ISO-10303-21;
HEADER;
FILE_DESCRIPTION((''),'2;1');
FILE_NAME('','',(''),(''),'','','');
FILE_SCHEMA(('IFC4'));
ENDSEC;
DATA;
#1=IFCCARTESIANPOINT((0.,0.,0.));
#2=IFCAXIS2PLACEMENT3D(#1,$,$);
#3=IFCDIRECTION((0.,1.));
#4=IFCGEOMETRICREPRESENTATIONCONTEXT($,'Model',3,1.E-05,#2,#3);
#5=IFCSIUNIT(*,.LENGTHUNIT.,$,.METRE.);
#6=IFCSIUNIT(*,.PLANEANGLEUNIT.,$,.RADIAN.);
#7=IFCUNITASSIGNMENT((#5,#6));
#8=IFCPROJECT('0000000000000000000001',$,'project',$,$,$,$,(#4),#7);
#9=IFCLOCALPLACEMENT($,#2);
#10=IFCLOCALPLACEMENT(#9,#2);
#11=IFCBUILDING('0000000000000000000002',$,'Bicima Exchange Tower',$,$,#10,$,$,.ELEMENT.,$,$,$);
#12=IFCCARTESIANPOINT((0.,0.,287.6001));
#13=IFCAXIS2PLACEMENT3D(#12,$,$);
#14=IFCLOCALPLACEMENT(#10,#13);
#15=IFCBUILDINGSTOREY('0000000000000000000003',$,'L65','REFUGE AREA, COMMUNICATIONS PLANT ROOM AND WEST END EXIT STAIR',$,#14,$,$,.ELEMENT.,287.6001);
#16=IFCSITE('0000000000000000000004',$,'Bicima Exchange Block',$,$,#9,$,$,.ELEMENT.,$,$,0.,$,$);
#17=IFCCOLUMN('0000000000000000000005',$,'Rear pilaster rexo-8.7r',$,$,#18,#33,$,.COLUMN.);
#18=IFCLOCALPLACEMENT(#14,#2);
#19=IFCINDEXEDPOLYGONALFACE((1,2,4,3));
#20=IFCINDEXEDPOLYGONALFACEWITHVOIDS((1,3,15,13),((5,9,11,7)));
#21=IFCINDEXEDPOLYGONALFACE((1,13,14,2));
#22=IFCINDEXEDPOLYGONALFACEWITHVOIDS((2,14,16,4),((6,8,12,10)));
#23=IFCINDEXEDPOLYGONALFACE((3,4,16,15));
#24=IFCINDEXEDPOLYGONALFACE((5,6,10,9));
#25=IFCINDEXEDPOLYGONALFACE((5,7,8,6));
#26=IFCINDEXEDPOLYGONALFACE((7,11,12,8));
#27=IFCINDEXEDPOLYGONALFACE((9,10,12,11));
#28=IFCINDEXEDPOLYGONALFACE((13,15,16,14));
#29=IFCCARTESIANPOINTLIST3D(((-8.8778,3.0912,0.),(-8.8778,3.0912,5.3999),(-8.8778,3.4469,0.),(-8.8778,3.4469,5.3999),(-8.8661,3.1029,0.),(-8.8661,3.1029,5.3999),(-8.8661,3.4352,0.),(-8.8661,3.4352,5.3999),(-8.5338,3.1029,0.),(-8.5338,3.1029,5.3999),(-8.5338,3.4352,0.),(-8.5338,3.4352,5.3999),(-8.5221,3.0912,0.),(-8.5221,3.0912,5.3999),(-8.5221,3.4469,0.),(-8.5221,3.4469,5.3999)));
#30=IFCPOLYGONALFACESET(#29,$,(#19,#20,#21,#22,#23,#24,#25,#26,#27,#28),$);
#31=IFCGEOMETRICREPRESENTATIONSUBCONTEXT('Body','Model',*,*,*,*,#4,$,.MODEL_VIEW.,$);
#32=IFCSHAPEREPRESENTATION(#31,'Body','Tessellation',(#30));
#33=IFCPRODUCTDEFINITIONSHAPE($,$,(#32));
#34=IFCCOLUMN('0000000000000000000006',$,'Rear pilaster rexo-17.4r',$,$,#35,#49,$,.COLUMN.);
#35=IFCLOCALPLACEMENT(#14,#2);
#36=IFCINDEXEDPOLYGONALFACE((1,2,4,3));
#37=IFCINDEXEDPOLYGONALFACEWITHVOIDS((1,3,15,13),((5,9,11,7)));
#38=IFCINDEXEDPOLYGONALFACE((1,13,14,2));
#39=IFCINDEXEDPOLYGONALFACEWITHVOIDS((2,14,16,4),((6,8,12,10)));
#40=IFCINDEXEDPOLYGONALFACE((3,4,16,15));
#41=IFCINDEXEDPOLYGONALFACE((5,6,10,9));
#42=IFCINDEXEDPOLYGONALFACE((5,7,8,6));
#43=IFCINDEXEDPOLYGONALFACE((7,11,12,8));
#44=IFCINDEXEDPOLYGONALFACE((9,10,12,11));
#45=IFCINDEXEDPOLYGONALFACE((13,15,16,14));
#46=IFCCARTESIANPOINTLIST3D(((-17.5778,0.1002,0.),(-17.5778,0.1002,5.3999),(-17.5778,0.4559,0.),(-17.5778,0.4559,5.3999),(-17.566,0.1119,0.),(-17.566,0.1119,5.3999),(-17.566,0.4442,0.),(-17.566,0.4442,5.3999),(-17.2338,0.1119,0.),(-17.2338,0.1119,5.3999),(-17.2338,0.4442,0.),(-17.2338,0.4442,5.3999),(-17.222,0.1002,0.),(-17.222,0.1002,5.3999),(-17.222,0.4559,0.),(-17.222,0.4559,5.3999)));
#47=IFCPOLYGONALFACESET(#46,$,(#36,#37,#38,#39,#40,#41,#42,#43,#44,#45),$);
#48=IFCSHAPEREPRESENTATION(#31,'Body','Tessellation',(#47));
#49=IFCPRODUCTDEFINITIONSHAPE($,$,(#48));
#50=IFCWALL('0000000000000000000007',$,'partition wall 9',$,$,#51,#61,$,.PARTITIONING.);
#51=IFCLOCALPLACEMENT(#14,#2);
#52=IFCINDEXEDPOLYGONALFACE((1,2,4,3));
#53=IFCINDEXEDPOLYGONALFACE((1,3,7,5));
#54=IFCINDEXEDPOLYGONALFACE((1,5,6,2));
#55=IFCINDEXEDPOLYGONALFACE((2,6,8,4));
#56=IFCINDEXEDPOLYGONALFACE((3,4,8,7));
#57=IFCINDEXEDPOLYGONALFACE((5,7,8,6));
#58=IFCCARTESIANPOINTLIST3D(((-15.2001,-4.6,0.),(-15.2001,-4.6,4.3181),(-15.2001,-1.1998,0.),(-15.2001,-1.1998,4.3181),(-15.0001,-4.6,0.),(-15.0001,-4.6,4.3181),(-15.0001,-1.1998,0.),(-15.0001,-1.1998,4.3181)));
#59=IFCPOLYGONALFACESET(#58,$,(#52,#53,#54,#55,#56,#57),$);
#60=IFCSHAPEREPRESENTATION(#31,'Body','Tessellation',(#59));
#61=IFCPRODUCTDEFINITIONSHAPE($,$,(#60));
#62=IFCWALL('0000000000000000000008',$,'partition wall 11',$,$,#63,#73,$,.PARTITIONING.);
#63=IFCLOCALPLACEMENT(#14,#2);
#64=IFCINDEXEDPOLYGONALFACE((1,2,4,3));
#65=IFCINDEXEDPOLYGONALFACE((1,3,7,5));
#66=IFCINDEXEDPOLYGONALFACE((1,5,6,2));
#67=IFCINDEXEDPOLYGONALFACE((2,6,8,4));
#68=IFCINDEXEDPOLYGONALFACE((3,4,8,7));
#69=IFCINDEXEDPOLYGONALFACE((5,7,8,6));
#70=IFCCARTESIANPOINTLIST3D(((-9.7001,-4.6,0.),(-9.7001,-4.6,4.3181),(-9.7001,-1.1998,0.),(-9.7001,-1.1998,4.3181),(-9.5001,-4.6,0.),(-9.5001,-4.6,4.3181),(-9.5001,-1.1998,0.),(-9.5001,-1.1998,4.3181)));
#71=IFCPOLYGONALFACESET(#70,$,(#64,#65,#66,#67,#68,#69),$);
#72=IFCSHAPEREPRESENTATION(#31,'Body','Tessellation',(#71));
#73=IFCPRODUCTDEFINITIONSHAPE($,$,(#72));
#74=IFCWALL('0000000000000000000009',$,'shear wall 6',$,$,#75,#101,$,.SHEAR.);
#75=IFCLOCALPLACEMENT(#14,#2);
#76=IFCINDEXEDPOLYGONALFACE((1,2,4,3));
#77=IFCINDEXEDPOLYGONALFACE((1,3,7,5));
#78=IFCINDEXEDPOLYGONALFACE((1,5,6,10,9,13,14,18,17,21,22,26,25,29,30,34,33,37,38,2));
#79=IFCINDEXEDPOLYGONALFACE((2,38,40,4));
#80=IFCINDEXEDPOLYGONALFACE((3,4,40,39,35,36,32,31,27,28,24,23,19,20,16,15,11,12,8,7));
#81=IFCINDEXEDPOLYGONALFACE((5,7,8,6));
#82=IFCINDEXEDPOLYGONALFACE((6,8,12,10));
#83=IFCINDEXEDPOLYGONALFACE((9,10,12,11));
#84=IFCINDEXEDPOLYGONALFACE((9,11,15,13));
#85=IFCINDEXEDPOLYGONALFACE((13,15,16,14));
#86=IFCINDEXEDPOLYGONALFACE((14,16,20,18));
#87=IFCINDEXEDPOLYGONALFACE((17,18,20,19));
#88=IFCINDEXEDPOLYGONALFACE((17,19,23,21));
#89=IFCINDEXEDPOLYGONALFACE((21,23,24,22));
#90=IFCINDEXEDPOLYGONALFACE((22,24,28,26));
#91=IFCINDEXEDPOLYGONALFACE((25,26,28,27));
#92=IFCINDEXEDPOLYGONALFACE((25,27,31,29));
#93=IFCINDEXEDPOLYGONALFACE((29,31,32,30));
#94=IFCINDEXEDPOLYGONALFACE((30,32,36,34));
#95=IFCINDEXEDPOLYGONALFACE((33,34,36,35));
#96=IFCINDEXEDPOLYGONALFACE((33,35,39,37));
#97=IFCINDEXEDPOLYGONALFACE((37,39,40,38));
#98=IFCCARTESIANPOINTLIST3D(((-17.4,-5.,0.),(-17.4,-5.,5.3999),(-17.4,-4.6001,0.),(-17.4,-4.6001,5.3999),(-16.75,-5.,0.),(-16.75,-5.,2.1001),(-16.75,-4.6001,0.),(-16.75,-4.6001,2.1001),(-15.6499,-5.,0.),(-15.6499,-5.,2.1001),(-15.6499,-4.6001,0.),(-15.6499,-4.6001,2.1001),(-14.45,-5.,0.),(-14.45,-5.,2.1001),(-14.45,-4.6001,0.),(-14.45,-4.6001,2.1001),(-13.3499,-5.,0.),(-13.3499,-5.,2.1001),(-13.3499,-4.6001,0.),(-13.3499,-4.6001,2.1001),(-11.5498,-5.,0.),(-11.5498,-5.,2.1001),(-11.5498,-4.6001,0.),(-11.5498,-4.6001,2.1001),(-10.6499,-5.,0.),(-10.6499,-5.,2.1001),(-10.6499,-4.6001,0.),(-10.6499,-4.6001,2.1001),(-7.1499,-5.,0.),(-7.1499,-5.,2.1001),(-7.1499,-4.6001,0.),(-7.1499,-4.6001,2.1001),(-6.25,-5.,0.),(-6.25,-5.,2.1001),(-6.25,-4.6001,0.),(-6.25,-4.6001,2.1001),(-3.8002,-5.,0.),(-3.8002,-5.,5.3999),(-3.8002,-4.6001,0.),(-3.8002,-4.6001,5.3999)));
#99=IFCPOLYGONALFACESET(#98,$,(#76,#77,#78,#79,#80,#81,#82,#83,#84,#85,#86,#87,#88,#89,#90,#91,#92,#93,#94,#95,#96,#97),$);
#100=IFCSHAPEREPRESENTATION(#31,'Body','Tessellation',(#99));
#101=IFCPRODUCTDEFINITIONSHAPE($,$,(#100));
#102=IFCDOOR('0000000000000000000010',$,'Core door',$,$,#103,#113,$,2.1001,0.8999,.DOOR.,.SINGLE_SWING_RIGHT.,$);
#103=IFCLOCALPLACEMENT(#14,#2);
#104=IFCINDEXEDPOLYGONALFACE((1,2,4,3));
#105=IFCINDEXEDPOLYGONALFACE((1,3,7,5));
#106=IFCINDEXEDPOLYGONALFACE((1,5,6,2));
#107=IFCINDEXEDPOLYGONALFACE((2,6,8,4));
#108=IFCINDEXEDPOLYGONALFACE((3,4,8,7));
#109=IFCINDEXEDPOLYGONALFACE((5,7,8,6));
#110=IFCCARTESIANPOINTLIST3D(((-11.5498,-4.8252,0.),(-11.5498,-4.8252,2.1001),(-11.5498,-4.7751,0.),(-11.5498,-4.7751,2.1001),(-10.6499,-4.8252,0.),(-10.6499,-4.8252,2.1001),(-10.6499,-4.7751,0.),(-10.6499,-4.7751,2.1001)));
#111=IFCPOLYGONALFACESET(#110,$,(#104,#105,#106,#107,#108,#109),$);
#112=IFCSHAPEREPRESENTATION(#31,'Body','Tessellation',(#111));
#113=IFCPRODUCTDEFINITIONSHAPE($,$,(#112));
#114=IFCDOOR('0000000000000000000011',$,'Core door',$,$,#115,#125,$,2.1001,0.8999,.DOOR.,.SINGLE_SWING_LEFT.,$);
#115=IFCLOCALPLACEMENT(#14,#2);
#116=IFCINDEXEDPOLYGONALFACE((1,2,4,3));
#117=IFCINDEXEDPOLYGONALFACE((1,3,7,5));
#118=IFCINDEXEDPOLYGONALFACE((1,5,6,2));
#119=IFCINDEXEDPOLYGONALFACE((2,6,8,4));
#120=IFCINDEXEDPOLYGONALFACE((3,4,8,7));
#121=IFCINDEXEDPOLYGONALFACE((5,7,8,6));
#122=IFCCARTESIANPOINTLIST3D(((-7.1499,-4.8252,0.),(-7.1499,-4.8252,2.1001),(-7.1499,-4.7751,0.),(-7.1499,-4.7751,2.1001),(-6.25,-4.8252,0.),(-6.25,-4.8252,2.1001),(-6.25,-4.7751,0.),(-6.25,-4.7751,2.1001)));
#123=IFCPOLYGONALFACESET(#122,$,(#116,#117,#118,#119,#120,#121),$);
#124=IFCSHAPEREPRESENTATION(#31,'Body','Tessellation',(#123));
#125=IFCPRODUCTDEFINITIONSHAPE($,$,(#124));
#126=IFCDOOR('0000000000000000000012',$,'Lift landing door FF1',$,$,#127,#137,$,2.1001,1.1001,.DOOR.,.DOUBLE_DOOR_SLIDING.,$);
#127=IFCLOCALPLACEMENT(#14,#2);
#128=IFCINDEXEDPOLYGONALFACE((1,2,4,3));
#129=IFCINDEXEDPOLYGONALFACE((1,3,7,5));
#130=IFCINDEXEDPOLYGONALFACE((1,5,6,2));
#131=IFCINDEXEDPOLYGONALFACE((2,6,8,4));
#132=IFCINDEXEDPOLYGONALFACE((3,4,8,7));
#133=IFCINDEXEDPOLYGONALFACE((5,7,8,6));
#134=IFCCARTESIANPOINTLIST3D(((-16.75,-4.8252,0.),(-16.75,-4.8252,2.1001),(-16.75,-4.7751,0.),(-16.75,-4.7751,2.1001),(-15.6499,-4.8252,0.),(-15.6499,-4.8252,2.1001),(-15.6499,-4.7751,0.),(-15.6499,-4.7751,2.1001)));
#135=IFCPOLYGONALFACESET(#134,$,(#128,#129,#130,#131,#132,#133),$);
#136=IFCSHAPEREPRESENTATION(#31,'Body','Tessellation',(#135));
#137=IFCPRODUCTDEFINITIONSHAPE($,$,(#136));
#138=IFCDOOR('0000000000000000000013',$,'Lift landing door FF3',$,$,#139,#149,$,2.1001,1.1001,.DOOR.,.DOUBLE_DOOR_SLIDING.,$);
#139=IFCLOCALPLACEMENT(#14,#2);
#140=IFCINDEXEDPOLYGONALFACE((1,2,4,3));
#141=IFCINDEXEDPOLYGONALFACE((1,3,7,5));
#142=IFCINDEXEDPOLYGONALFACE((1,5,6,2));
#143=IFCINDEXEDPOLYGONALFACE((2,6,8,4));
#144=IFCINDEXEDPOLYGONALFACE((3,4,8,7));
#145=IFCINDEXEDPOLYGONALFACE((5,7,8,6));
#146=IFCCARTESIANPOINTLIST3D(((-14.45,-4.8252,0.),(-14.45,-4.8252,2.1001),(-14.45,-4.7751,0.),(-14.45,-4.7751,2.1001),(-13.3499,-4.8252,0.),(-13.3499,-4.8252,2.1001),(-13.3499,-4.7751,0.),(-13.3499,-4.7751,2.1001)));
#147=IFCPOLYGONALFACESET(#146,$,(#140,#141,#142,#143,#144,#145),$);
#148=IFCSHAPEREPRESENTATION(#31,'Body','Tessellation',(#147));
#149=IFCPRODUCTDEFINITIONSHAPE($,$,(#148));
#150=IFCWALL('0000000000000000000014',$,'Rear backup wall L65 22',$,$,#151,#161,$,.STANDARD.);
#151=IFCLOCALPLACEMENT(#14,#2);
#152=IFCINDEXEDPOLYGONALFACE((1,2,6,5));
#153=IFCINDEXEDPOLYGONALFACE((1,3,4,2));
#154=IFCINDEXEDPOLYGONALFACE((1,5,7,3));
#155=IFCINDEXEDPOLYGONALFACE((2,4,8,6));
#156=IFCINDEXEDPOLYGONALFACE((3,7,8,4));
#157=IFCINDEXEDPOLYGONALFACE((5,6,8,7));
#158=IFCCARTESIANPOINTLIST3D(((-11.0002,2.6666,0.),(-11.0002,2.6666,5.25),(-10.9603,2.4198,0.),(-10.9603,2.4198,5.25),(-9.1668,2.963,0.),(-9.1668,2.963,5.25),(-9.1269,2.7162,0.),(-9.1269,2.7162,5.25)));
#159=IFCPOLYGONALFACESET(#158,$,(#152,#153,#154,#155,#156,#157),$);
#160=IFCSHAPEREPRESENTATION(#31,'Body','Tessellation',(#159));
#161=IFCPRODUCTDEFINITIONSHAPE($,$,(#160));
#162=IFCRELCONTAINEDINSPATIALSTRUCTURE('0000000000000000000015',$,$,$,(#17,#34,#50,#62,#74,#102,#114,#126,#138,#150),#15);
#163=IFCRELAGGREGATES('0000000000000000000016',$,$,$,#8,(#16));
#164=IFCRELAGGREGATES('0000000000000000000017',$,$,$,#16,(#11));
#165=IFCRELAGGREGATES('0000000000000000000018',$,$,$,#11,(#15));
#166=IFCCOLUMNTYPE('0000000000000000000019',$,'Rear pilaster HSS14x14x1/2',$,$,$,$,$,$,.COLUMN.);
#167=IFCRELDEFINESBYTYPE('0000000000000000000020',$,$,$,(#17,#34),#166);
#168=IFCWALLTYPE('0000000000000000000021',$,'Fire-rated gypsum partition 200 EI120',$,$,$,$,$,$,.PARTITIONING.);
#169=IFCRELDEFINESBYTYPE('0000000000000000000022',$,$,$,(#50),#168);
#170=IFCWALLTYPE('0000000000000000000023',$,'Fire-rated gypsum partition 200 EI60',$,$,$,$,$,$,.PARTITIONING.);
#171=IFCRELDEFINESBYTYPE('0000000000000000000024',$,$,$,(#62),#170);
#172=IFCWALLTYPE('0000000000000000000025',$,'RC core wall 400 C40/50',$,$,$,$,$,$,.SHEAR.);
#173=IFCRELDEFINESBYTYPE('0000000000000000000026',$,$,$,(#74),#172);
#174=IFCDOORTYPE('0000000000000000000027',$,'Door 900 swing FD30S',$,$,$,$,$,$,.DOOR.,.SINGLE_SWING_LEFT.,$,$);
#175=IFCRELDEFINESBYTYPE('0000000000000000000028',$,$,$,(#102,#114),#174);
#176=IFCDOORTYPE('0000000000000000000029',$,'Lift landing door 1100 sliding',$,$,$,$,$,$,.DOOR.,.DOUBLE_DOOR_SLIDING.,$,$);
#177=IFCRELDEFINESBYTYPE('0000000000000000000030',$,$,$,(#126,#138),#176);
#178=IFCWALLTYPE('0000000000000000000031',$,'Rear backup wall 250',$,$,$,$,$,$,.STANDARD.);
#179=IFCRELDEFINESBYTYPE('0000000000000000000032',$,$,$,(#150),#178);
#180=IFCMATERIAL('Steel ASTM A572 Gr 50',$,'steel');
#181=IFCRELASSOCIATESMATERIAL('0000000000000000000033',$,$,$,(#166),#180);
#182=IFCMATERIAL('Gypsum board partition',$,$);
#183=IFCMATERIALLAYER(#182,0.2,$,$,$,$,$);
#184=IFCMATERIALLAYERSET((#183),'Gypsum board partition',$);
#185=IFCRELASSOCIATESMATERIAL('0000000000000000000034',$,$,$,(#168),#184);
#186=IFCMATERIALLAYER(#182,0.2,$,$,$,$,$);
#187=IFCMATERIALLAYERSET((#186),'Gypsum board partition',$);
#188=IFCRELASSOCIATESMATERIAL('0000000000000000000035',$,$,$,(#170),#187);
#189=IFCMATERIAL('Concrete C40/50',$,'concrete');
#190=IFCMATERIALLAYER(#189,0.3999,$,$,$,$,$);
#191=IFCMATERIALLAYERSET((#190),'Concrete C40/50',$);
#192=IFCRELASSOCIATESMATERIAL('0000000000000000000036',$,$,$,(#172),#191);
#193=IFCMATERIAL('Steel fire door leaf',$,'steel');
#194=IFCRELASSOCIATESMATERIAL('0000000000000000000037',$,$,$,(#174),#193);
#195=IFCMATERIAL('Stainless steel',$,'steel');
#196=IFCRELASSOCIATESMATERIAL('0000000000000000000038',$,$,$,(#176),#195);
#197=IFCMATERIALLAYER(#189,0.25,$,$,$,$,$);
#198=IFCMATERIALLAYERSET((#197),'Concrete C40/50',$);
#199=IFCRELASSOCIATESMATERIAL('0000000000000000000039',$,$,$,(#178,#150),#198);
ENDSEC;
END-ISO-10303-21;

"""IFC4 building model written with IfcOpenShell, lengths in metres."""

from ifc_helpers import new_model, si_unit, direction, frame, frame_2d, origin, origin_2d, place, context, subcontext, project, spatial, rectangle, hollow_rectangle, extrude, material, layer, layer_set, layer_usage, material_profile, profile_set, type_object, element, fill, save


model = new_model("IFC4")

# Units and contexts
model_context = context("Model", 3, precision=1e-05, world=origin(), true_north=direction((0.0, 1.0)))
body_context = subcontext(model_context, "Body", "Model", "MODEL_VIEW")
ifc_project = project(units=[si_unit("LENGTHUNIT", "METRE"), si_unit("PLANEANGLEUNIT", "RADIAN")], contexts=[model_context])

# Site, building, storey
site_placement = place(None, origin())
site = spatial("IfcSite", under=ifc_project, at=site_placement, Name="Bicima Exchange Block", CompositionType="ELEMENT", RefElevation=0.0)
building_placement = place(site_placement, origin())
building = spatial("IfcBuilding", under=site, at=building_placement, Name="Bicima Exchange Tower", CompositionType="ELEMENT")
storey_placement = place(building_placement, frame((0.0, 0.0, 287.6001)))
storey = spatial("IfcBuildingStorey", under=building, at=storey_placement, Name="L65", Description="REFUGE AREA, COMMUNICATIONS PLANT ROOM AND WEST END EXIT STAIR", CompositionType="ELEMENT", Elevation=287.6001)

# Columns
ifc_material_1 = material(Name="Steel ASTM A572 Gr 50", Category="steel")
ifc_material_profile = material_profile(ifc_material_1, hollow_rectangle(XDim=0.3557, YDim=0.3557, WallThickness=0.0117, at=origin_2d()))
ifc_profile_set = profile_set([ifc_material_profile], Name="Steel ASTM A572 Gr 50")
column_type = type_object("IfcColumnType", Name="Rear pilaster HSS14x14x1/2", PredefinedType="COLUMN", material=ifc_profile_set)
for number, where, z_axis, x_axis, name in (
    (1, (-8.7, 3.269, 0.0), (0.0, 0.0, 1.0), (1.0, 0.0, 0.0), "Rear pilaster rexo-8.7r"),
    (2, (-17.3999, 0.2781, 0.0), (0.0, 0.0, 1.0), (1.0, 0.0, 0.0), "Rear pilaster rexo-17.4r"),
):
    element("IfcColumn", number, at=place(storey_placement, frame(where, z_axis=z_axis, x_axis=x_axis)), inside=storey, type_object=column_type, Name=name, PredefinedType="COLUMN", context=body_context, shape_type="SweptSolid", body=[
        extrude(hollow_rectangle(XDim=0.3557, YDim=0.3557, WallThickness=0.0117, at=origin_2d()), origin(), (0.0, 0.0, 1.0), 5.3999),
    ])

# Walls
ifc_material_2 = material(Name="Gypsum board partition")
ifc_layer_1 = layer(ifc_material_2, 0.2)
ifc_layer_set_1 = layer_set([ifc_layer_1], Name="Gypsum board partition")
wall_type_1 = type_object("IfcWallType", Name="Fire-rated gypsum partition 200 EI120", PredefinedType="PARTITIONING", material=ifc_layer_set_1)
wall_1_placement = place(storey_placement, frame((-15.1001, -4.6001, 0.0), z_axis=(0.0, 0.0, 1.0), x_axis=(0.0, 1.0, 0.0)))
element("IfcWall", 3, at=wall_1_placement, inside=storey, type_object=wall_type_1, Name="partition wall 9", PredefinedType="PARTITIONING", context=body_context, shape_type="SweptSolid", body=[
    extrude(rectangle(XDim=3.4001, YDim=0.2, at=frame_2d((1.7002, 0.0))), origin(), (0.0, 0.0, 1.0), 4.3181),
])
ifc_layer_2 = layer(ifc_material_2, 0.2)
ifc_layer_set_2 = layer_set([ifc_layer_2], Name="Gypsum board partition")
wall_type_2 = type_object("IfcWallType", Name="Fire-rated gypsum partition 200 EI60", PredefinedType="PARTITIONING", material=ifc_layer_set_2)
wall_2_placement = place(storey_placement, frame((-9.6001, -4.6001, 0.0), z_axis=(0.0, 0.0, 1.0), x_axis=(0.0, 1.0, 0.0)))
element("IfcWall", 4, at=wall_2_placement, inside=storey, type_object=wall_type_2, Name="partition wall 11", PredefinedType="PARTITIONING", context=body_context, shape_type="SweptSolid", body=[
    extrude(rectangle(XDim=3.4001, YDim=0.2, at=frame_2d((1.7002, 0.0))), origin(), (0.0, 0.0, 1.0), 4.3181),
])

# Wall, openings, doors
ifc_material_3 = material(Name="Concrete C40/50", Category="concrete")
ifc_layer_3 = layer(ifc_material_3, 0.3999)
ifc_layer_set_3 = layer_set([ifc_layer_3], Name="Concrete C40/50")
wall_type_3 = type_object("IfcWallType", Name="RC core wall 400 C40/50", PredefinedType="SHEAR", material=ifc_layer_set_3)
wall_3_placement = place(storey_placement, frame((-17.3999, -4.8, 0.0), z_axis=(0.0, 0.0, 1.0), x_axis=(1.0, 0.0, 0.0)))
wall_3 = element("IfcWall", 5, at=wall_3_placement, inside=storey, type_object=wall_type_3, Name="shear wall 6", PredefinedType="SHEAR", context=body_context, shape_type="SweptSolid", body=[
    extrude(rectangle(XDim=13.5999, YDim=0.3999, at=frame_2d((6.7998, 0.0))), origin(), (0.0, 0.0, 1.0), 5.3999),
])
opening_1_placement = place(wall_3_placement, frame((0.6499, 0.0, 0.0)))
opening_1 = element("IfcOpeningElement", 6, at=opening_1_placement, cuts=wall_3, PredefinedType="OPENING", context=body_context, shape_type="SweptSolid", body=[
    extrude(rectangle(XDim=1.1001, YDim=2.1001, at=frame_2d((0.55, 1.05))), frame((0.0, 0.2119, 0.0), z_axis=(0.0, -1.0, 0.0), x_axis=(1.0, 0.0, 0.0)), (0.0, 0.0, 1.0), 0.4238),
])
opening_2_placement = place(wall_3_placement, frame((2.95, 0.0, 0.0)))
opening_2 = element("IfcOpeningElement", 7, at=opening_2_placement, cuts=wall_3, PredefinedType="OPENING", context=body_context, shape_type="SweptSolid", body=[
    extrude(rectangle(XDim=1.1001, YDim=2.1001, at=frame_2d((0.55, 1.05))), frame((0.0, 0.2119, 0.0), z_axis=(0.0, -1.0, 0.0), x_axis=(1.0, 0.0, 0.0)), (0.0, 0.0, 1.0), 0.4238),
])
opening_3_placement = place(wall_3_placement, frame((5.8501, 0.0, 0.0)))
opening_3 = element("IfcOpeningElement", 8, at=opening_3_placement, cuts=wall_3, PredefinedType="OPENING", context=body_context, shape_type="SweptSolid", body=[
    extrude(rectangle(XDim=0.8999, YDim=2.1001, at=frame_2d((0.45, 1.05))), frame((0.0, 0.2119, 0.0), z_axis=(0.0, -1.0, 0.0), x_axis=(1.0, 0.0, 0.0)), (0.0, 0.0, 1.0), 0.4238),
])
opening_4_placement = place(wall_3_placement, frame((10.25, 0.0, 0.0)))
opening_4 = element("IfcOpeningElement", 9, at=opening_4_placement, cuts=wall_3, PredefinedType="OPENING", context=body_context, shape_type="SweptSolid", body=[
    extrude(rectangle(XDim=0.8999, YDim=2.1001, at=frame_2d((0.45, 1.05))), frame((0.0, 0.2119, 0.0), z_axis=(0.0, -1.0, 0.0), x_axis=(1.0, 0.0, 0.0)), (0.0, 0.0, 1.0), 0.4238),
])
ifc_material_4 = material(Name="Steel fire door leaf", Category="steel")
door_type_1 = type_object("IfcDoorType", Name="Door 900 swing FD30S", OperationType="SINGLE_SWING_LEFT", PredefinedType="DOOR", material=ifc_material_4)
door_1_placement = place(opening_3_placement, origin())
door_1 = element("IfcDoor", 10, at=door_1_placement, inside=storey, type_object=door_type_1, Name="Core door", OperationType="SINGLE_SWING_RIGHT", OverallHeight=2.1001, OverallWidth=0.8999, PredefinedType="DOOR", context=body_context, shape_type="SweptSolid", body=[
    extrude(rectangle(XDim=0.8999, YDim=2.1001, at=frame_2d((0.45, 1.05))), frame((0.0, 0.0249, 0.0), z_axis=(0.0, -1.0, 0.0), x_axis=(1.0, 0.0, 0.0)), (0.0, 0.0, 1.0), 0.05),
])
fill(opening_3, door_1)
door_2_placement = place(opening_4_placement, origin())
door_2 = element("IfcDoor", 11, at=door_2_placement, inside=storey, type_object=door_type_1, Name="Core door", OperationType="SINGLE_SWING_LEFT", OverallHeight=2.1001, OverallWidth=0.8999, PredefinedType="DOOR", context=body_context, shape_type="SweptSolid", body=[
    extrude(rectangle(XDim=0.8999, YDim=2.1001, at=frame_2d((0.45, 1.05))), frame((0.0, 0.0249, 0.0), z_axis=(0.0, -1.0, 0.0), x_axis=(1.0, 0.0, 0.0)), (0.0, 0.0, 1.0), 0.05),
])
fill(opening_4, door_2)
ifc_material_5 = material(Name="Stainless steel", Category="steel")
door_type_2 = type_object("IfcDoorType", Name="Lift landing door 1100 sliding", OperationType="DOUBLE_DOOR_SLIDING", PredefinedType="DOOR", material=ifc_material_5)
door_3_placement = place(opening_1_placement, origin())
door_3 = element("IfcDoor", 12, at=door_3_placement, inside=storey, type_object=door_type_2, Name="Lift landing door FF1", OperationType="DOUBLE_DOOR_SLIDING", OverallHeight=2.1001, OverallWidth=1.1001, PredefinedType="DOOR", context=body_context, shape_type="SweptSolid", body=[
    extrude(rectangle(XDim=1.1001, YDim=2.1001, at=frame_2d((0.55, 1.05))), frame((0.0, 0.0249, 0.0), z_axis=(0.0, -1.0, 0.0), x_axis=(1.0, 0.0, 0.0)), (0.0, 0.0, 1.0), 0.05),
])
fill(opening_1, door_3)
door_4_placement = place(opening_2_placement, origin())
door_4 = element("IfcDoor", 13, at=door_4_placement, inside=storey, type_object=door_type_2, Name="Lift landing door FF3", OperationType="DOUBLE_DOOR_SLIDING", OverallHeight=2.1001, OverallWidth=1.1001, PredefinedType="DOOR", context=body_context, shape_type="SweptSolid", body=[
    extrude(rectangle(XDim=1.1001, YDim=2.1001, at=frame_2d((0.55, 1.05))), frame((0.0, 0.0249, 0.0), z_axis=(0.0, -1.0, 0.0), x_axis=(1.0, 0.0, 0.0)), (0.0, 0.0, 1.0), 0.05),
])
fill(opening_2, door_4)

# Wall
ifc_layer_4 = layer(ifc_material_3, 0.25)
ifc_layer_set_4 = layer_set([ifc_layer_4], Name="Concrete C40/50")
ifc_layer_usage = layer_usage(ifc_layer_set_4, "AXIS2", "POSITIVE", -0.125)
wall_type_4 = type_object("IfcWallType", Name="Rear backup wall 250", PredefinedType="STANDARD", material=ifc_layer_set_4)
wall_4_placement = place(storey_placement, frame((-9.1467, 2.8396, 0.0), z_axis=(0.0, 0.0, 1.0), x_axis=(-0.987182, -0.1596, 0.0)))
element("IfcWall", 14, at=wall_4_placement, inside=storey, type_object=wall_type_4, material=ifc_layer_usage, Name="Rear backup wall L65 22", PredefinedType="STANDARD", context=body_context, shape_type="SweptSolid", body=[
    extrude(rectangle(XDim=1.8572, YDim=0.25, at=frame_2d((0.9287, 0.0))), origin(), (0.0, 0.0, 1.0), 5.25),
])

save(model, "model.ifc")
